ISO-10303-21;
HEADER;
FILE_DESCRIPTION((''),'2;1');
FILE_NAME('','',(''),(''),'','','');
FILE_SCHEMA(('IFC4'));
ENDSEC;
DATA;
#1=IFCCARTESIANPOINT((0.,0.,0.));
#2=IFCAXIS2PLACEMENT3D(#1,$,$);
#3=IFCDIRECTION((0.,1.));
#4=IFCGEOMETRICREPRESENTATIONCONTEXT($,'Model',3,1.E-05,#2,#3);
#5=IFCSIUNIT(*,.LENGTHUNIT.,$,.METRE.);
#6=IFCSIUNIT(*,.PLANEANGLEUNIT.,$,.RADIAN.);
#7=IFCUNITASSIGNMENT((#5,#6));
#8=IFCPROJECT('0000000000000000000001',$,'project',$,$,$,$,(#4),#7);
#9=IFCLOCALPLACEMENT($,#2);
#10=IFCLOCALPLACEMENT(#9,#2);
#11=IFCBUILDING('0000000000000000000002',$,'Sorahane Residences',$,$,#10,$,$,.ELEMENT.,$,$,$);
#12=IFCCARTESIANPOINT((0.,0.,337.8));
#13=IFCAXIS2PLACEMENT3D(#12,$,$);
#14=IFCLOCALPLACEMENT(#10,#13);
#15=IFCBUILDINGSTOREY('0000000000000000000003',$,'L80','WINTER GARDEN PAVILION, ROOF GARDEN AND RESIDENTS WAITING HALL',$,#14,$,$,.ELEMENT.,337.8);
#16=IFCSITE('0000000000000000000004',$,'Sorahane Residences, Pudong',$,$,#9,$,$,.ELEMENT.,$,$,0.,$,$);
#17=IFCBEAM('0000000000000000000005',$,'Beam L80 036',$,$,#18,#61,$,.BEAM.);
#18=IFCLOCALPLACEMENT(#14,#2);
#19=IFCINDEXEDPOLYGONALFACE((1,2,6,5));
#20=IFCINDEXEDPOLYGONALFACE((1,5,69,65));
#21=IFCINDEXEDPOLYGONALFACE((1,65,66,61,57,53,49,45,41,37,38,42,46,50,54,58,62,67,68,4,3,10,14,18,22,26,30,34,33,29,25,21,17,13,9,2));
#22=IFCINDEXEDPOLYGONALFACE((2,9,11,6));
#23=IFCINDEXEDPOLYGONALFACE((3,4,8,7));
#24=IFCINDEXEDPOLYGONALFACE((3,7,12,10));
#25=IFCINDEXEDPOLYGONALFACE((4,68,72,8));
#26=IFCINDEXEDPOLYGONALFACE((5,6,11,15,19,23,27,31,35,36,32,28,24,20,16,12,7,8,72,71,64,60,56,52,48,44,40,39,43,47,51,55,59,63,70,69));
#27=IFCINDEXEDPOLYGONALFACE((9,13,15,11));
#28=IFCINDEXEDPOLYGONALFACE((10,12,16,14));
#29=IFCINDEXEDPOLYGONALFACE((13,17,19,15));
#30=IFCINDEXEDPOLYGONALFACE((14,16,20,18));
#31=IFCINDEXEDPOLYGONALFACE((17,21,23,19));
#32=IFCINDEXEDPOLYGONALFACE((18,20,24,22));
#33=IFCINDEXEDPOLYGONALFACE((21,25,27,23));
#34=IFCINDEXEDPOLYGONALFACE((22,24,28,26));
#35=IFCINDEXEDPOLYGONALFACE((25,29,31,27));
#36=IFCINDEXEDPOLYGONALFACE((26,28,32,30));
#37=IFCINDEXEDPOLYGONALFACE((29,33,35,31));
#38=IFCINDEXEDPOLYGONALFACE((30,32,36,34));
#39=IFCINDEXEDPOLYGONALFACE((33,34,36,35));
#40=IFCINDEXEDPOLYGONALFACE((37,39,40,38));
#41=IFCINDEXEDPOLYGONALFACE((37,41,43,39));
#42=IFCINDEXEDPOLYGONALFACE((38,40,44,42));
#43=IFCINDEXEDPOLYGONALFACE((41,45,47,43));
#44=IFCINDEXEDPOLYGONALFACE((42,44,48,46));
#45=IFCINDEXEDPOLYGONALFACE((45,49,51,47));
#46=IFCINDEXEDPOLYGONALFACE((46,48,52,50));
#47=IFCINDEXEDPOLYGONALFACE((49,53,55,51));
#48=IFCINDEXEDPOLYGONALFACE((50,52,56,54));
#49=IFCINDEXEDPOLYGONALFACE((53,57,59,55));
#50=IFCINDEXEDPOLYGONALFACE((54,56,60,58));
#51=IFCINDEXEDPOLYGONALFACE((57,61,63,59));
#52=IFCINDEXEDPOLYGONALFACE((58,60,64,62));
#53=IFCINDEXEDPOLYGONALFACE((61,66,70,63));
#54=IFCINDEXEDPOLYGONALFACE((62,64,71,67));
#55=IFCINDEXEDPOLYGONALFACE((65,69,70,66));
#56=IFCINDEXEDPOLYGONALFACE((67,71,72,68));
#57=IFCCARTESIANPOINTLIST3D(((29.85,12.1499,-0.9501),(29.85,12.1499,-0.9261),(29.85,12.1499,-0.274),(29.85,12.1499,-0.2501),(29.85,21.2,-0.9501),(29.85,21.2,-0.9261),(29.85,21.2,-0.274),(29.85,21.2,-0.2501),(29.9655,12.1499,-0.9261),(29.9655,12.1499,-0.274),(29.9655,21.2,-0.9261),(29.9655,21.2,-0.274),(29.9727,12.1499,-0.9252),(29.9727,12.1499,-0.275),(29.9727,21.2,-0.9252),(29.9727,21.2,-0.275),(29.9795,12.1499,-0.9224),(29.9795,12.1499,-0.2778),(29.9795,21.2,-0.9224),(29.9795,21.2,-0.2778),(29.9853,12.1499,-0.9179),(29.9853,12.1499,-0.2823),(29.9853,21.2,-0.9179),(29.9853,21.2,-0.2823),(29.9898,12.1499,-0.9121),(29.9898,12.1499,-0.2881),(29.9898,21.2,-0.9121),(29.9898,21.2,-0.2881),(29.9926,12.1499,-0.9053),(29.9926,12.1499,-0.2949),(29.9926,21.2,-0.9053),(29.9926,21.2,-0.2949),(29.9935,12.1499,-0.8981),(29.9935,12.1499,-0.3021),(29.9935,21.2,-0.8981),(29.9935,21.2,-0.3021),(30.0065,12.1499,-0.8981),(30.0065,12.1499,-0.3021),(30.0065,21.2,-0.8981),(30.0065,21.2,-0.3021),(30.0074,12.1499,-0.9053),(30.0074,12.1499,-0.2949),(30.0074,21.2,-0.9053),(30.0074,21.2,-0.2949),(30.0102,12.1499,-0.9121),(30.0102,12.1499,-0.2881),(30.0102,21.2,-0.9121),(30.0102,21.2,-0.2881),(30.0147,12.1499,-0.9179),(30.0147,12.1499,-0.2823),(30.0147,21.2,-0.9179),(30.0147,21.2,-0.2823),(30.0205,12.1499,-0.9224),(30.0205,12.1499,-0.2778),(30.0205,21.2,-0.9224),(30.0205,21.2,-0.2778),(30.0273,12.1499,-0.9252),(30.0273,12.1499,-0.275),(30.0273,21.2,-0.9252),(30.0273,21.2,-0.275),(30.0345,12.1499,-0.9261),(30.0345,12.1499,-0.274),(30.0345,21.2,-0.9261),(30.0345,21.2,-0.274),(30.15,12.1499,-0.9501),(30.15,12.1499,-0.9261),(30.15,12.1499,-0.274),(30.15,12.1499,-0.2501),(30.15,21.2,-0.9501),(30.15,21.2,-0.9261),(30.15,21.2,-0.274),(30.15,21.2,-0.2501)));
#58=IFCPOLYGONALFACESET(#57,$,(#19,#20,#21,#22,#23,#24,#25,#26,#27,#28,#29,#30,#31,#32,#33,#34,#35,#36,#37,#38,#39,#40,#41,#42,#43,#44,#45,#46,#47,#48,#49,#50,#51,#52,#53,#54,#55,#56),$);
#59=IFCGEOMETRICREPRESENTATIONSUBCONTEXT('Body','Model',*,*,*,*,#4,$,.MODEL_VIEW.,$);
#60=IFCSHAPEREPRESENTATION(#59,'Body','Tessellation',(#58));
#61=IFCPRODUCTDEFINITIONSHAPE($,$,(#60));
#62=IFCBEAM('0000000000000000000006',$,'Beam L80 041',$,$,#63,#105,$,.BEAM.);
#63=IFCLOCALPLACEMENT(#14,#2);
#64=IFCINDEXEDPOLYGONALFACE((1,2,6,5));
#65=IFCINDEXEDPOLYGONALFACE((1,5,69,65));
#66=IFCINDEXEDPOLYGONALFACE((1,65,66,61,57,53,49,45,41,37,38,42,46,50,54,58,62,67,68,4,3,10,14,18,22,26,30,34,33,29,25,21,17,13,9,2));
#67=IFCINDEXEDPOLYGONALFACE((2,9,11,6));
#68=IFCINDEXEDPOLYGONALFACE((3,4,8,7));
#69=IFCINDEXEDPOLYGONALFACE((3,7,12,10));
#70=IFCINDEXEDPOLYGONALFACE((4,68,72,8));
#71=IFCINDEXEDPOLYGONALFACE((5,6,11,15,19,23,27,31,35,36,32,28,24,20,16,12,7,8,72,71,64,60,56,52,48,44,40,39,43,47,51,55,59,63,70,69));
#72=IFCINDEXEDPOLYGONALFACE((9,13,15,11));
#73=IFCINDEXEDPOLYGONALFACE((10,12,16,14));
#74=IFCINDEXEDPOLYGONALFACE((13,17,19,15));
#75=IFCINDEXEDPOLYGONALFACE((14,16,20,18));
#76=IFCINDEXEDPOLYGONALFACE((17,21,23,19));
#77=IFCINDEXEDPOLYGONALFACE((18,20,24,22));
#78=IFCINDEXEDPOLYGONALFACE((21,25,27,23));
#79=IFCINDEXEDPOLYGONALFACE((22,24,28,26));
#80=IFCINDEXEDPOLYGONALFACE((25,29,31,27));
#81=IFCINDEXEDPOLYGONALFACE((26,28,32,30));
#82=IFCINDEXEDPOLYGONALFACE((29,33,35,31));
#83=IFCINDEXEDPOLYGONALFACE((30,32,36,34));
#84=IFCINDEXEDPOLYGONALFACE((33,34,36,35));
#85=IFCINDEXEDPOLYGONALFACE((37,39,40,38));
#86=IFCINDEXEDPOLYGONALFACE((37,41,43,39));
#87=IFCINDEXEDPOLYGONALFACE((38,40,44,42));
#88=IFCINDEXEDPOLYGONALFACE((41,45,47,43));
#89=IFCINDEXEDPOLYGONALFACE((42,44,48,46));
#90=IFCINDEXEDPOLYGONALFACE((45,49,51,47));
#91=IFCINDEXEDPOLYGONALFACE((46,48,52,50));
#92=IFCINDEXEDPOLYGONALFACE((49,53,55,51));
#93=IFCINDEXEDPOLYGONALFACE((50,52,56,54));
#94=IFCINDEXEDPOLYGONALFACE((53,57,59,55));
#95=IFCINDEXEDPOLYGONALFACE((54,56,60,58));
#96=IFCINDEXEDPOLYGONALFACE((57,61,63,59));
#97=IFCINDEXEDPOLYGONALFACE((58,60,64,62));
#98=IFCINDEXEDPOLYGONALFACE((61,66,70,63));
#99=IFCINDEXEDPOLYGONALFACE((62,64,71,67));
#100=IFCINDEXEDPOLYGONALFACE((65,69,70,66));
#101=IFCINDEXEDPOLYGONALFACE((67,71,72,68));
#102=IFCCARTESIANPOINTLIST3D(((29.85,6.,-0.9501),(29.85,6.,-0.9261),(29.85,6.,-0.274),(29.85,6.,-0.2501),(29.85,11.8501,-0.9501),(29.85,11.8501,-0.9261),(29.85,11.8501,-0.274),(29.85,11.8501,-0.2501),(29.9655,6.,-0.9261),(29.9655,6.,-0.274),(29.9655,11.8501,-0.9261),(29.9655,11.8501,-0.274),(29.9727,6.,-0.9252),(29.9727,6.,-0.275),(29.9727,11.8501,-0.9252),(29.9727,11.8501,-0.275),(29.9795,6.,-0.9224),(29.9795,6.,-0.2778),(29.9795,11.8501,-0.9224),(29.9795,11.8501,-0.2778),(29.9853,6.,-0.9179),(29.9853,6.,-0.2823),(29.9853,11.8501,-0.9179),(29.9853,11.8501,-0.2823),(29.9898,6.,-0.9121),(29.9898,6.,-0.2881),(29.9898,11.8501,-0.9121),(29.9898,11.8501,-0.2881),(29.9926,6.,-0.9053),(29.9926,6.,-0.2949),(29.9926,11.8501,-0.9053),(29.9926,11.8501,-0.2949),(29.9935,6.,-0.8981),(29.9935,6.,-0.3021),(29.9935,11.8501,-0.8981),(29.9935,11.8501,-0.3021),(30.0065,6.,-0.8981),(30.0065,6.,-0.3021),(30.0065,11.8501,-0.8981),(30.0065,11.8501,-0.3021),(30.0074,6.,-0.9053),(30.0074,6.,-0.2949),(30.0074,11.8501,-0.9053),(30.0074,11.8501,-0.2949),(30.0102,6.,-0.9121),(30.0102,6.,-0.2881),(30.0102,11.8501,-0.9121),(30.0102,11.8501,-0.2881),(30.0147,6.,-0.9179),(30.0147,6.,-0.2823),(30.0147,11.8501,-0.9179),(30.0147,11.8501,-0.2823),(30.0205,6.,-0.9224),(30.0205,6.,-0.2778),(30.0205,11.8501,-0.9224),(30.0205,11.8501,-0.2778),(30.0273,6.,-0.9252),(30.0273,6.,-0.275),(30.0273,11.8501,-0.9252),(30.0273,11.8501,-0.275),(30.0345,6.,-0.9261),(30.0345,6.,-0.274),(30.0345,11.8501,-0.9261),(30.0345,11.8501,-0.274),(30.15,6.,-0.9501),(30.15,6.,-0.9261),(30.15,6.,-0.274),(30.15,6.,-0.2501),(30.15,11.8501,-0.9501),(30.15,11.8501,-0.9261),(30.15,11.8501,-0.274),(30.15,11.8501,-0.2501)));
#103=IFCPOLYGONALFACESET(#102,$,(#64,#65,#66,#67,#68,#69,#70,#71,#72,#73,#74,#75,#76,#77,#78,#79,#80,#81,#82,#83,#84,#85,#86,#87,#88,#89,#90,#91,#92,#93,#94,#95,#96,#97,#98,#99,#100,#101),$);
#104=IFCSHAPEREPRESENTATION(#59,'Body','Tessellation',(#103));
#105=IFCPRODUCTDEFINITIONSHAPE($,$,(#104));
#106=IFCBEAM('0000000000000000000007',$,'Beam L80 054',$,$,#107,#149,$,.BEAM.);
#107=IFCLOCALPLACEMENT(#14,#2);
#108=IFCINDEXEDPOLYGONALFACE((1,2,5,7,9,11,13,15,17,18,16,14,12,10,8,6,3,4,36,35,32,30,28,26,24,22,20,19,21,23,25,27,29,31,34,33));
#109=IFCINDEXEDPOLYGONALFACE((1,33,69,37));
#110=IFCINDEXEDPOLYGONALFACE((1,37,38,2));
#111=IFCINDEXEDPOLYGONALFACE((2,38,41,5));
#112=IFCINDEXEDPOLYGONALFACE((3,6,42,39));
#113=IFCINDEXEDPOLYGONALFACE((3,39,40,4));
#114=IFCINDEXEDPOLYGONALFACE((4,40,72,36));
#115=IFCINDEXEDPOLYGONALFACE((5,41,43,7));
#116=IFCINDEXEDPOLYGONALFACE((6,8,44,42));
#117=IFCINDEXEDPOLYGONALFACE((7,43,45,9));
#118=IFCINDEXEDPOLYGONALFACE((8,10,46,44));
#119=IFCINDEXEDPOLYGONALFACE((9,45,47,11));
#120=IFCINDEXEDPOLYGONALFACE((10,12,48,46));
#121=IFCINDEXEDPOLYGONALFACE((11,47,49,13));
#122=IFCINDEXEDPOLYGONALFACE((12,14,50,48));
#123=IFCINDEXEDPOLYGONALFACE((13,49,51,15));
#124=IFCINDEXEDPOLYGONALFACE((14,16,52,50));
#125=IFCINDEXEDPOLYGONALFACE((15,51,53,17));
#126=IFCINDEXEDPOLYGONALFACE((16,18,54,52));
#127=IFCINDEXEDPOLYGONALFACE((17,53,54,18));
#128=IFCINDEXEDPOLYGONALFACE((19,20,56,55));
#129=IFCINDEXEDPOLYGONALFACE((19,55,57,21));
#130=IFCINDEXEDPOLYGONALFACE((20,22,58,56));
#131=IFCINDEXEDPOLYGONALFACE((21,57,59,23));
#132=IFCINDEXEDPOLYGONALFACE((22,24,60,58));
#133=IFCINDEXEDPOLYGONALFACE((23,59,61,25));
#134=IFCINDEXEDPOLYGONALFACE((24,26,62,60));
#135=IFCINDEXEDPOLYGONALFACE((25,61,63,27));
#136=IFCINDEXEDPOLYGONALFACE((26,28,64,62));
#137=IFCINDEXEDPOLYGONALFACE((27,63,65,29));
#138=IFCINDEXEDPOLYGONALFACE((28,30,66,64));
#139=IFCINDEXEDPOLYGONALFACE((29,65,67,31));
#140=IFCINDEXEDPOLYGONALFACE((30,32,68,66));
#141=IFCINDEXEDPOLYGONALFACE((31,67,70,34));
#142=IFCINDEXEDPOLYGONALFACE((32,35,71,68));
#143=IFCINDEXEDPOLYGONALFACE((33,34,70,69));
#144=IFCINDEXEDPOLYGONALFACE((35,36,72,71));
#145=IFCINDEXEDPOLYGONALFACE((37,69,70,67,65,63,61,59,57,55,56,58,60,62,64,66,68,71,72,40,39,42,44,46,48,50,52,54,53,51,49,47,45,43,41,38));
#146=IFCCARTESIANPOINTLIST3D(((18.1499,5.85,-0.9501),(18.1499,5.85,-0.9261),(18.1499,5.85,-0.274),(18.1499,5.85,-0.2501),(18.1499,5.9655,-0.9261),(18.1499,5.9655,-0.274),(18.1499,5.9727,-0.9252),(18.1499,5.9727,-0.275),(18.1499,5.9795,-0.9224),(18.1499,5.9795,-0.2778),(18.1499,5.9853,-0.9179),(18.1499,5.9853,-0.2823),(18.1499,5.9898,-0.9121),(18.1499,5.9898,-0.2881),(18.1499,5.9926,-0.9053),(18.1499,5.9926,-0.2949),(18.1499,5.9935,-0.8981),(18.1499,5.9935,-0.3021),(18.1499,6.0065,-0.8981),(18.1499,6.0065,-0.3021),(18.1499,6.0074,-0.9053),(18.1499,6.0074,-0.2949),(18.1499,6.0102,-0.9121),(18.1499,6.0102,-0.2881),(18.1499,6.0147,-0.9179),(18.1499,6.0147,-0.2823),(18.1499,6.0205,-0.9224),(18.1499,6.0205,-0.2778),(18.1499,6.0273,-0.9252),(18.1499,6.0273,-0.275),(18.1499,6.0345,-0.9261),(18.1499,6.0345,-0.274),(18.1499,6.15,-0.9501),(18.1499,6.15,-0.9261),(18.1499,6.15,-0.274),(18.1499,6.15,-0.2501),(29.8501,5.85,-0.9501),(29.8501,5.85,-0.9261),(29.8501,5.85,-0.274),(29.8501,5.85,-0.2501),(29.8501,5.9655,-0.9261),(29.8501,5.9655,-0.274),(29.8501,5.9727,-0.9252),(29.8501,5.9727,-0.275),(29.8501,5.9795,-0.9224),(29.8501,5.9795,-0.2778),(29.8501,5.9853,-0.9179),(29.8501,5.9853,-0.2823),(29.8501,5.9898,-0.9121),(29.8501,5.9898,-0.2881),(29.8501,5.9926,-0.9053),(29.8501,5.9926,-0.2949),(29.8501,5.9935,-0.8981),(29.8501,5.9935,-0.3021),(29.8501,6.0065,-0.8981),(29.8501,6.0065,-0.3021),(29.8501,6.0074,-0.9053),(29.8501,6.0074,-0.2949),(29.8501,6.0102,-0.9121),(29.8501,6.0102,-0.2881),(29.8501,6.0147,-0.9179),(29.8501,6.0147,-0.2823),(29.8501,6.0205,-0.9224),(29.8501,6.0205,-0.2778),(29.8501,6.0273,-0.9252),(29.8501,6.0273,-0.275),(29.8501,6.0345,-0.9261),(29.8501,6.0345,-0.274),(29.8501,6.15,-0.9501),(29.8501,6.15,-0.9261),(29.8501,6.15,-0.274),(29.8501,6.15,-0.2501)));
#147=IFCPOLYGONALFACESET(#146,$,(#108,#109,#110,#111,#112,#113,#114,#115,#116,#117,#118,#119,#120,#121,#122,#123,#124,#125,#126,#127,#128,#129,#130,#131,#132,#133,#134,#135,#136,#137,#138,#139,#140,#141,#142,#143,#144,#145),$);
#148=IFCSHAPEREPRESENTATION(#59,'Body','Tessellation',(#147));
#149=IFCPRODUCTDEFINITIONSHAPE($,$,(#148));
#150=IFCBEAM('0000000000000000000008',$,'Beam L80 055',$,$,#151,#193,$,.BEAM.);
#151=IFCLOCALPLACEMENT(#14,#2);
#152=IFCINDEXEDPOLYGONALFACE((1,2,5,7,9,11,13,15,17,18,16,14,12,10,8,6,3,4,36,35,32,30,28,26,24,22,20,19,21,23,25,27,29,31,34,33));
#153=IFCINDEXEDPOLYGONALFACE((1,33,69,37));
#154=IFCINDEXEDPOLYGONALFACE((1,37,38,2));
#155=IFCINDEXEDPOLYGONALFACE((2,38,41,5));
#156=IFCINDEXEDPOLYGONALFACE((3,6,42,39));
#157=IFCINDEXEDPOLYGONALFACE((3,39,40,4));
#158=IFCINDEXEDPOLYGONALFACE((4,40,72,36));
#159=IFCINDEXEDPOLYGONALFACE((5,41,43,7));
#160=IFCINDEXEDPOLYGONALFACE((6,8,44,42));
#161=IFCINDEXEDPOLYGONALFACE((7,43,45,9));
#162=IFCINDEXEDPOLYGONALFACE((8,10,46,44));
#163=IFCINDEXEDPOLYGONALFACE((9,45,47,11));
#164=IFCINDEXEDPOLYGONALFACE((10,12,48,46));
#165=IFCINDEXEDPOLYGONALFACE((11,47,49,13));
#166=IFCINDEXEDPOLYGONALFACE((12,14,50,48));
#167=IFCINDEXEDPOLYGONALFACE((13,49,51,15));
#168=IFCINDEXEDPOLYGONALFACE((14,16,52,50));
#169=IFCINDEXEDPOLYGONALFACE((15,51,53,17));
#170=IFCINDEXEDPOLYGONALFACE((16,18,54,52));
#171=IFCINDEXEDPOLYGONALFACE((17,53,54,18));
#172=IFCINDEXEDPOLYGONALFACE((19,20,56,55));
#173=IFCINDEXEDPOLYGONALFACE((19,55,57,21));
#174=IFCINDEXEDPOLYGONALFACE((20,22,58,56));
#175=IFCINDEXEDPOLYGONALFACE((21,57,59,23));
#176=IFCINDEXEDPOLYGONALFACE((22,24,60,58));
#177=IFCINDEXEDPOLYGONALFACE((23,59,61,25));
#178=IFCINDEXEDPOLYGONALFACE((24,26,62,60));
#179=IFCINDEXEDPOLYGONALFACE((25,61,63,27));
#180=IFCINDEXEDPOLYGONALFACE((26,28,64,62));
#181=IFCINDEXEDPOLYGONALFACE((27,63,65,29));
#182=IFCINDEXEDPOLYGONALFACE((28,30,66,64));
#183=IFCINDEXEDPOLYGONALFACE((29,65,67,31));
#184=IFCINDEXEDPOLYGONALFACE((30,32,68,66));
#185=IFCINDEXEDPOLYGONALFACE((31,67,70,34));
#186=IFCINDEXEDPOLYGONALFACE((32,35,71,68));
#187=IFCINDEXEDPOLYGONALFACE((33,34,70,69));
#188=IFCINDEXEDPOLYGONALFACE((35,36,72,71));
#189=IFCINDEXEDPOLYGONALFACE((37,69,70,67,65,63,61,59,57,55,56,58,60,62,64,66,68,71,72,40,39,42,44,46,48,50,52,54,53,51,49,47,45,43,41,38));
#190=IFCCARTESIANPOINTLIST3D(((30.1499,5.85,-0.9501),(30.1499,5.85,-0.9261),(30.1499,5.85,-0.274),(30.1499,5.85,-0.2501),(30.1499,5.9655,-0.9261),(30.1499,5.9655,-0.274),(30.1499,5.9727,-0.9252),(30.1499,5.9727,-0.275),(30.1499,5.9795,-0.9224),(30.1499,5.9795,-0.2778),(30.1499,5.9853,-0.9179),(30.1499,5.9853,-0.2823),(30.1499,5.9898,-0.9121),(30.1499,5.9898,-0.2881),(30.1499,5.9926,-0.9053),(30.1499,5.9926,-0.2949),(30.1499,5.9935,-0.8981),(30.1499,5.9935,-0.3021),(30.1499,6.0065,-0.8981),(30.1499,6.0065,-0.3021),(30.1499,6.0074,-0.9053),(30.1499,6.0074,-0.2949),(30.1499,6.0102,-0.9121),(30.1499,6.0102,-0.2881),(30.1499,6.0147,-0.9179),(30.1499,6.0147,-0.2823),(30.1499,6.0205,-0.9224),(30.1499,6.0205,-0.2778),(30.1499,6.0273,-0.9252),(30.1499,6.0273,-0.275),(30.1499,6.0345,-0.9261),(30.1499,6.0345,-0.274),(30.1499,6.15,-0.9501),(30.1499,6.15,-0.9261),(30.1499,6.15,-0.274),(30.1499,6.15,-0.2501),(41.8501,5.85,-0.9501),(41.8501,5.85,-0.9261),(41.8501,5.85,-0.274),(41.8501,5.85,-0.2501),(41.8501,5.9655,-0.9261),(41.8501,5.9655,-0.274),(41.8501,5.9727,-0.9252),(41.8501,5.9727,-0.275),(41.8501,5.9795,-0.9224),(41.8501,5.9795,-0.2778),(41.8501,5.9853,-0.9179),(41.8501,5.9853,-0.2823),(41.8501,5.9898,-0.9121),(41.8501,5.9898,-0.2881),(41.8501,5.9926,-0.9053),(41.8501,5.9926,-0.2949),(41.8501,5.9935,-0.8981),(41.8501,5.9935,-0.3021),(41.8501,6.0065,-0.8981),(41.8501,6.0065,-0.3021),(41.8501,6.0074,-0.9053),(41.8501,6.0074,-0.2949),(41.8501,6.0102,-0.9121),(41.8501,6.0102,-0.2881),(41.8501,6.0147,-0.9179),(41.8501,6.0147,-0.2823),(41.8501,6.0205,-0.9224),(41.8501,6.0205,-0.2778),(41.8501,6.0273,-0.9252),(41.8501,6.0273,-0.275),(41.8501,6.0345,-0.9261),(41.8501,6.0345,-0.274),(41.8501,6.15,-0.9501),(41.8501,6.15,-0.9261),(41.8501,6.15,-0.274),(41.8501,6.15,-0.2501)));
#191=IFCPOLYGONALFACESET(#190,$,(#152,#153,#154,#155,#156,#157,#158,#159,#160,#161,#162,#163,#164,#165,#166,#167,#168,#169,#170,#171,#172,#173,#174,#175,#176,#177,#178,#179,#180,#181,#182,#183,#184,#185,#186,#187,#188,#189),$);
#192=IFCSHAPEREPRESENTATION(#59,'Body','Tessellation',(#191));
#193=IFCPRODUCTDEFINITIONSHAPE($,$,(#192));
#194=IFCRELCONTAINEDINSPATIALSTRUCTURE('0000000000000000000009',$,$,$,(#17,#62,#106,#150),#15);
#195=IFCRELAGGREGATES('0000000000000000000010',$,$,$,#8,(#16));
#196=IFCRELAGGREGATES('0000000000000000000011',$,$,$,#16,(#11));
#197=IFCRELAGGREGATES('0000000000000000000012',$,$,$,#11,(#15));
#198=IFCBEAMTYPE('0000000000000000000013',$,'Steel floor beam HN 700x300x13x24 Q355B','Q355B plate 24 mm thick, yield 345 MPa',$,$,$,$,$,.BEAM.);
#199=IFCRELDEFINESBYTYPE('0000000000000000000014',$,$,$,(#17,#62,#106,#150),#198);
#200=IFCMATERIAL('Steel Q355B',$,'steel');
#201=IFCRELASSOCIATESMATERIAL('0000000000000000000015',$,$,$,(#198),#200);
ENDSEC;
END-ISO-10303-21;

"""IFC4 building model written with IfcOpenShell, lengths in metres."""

from ifc_helpers import new_model, si_unit, direction, frame, origin, origin_2d, place, context, subcontext, project, spatial, i_section, extrude, material, material_profile, profile_set, type_object, element, save


model = new_model("IFC4")

# Units and contexts
model_context = context("Model", 3, precision=1e-05, world=origin(), true_north=direction((0.0, 1.0)))
body_context = subcontext(model_context, "Body", "Model", "MODEL_VIEW")
ifc_project = project(units=[si_unit("LENGTHUNIT", "METRE"), si_unit("PLANEANGLEUNIT", "RADIAN")], contexts=[model_context])

# Site, building, storey
site_placement = place(None, origin())
site = spatial("IfcSite", under=ifc_project, at=site_placement, Name="Sorahane Residences, Pudong", CompositionType="ELEMENT", RefElevation=0.0)
building_placement = place(site_placement, origin())
building = spatial("IfcBuilding", under=site, at=building_placement, Name="Sorahane Residences", CompositionType="ELEMENT")
storey_placement = place(building_placement, frame((0.0, 0.0, 337.8)))
storey = spatial("IfcBuildingStorey", under=building, at=storey_placement, Name="L80", Description="WINTER GARDEN PAVILION, ROOF GARDEN AND RESIDENTS WAITING HALL", CompositionType="ELEMENT", Elevation=337.8)

# Beams
ifc_material_1 = material(Name="Steel Q355B", Category="steel")
ifc_material_profile_1 = material_profile(ifc_material_1, i_section(OverallWidth=0.3, OverallDepth=0.7, WebThickness=0.0129, FlangeThickness=0.0239, FilletRadius=0.0281, at=origin_2d()), Name="HN 700x300x13x24")
ifc_profile_set_1 = profile_set([ifc_material_profile_1], Name="Steel Q355B")
beam_type = type_object("IfcBeamType", Name="Steel floor beam HN 700x300x13x24 Q355B", Description="Q355B plate 24 mm thick, yield 345 MPa", PredefinedType="BEAM", material=ifc_profile_set_1)
beam_1_placement = place(storey_placement, frame((30.0, 12.1499, -0.6001), z_axis=(0.0, 1.0, 0.0), x_axis=(-1.0, 0.0, 0.0)))
element("IfcBeam", 1, at=beam_1_placement, inside=storey, type_object=beam_type, Name="Beam L80 036", PredefinedType="BEAM", context=body_context, shape_type="SweptSolid", body=[
    extrude(i_section(OverallWidth=0.3, OverallDepth=0.7, WebThickness=0.0129, FlangeThickness=0.0239, FilletRadius=0.0281, at=origin_2d()), origin(), (0.0, 0.0, 1.0), 9.05),
])
beam_2_placement = place(storey_placement, frame((30.0, 6.0, -0.6001), z_axis=(0.0, 1.0, 0.0), x_axis=(-1.0, 0.0, 0.0)))
element("IfcBeam", 2, at=beam_2_placement, inside=storey, type_object=beam_type, Name="Beam L80 041", PredefinedType="BEAM", context=body_context, shape_type="SweptSolid", body=[
    extrude(i_section(OverallWidth=0.3, OverallDepth=0.7, WebThickness=0.0129, FlangeThickness=0.0239, FilletRadius=0.0281, at=origin_2d()), origin(), (0.0, 0.0, 1.0), 5.8501),
])
for number, where, z_axis, x_axis, name in (
    (3, (18.1499, 6.0, -0.6001), (1.0, 0.0, 0.0), (0.0, 1.0, 0.0), "Beam L80 054"),
    (4, (30.1499, 6.0, -0.6001), (1.0, 0.0, 0.0), (0.0, 1.0, 0.0), "Beam L80 055"),
):
    element("IfcBeam", number, at=place(storey_placement, frame(where, z_axis=z_axis, x_axis=x_axis)), inside=storey, type_object=beam_type, Name=name, PredefinedType="BEAM", context=body_context, shape_type="SweptSolid", body=[
        extrude(i_section(OverallWidth=0.3, OverallDepth=0.7, WebThickness=0.0129, FlangeThickness=0.0239, FilletRadius=0.0281, at=origin_2d()), origin(), (0.0, 0.0, 1.0), 11.7002),
    ])

save(model, "model.ifc")
